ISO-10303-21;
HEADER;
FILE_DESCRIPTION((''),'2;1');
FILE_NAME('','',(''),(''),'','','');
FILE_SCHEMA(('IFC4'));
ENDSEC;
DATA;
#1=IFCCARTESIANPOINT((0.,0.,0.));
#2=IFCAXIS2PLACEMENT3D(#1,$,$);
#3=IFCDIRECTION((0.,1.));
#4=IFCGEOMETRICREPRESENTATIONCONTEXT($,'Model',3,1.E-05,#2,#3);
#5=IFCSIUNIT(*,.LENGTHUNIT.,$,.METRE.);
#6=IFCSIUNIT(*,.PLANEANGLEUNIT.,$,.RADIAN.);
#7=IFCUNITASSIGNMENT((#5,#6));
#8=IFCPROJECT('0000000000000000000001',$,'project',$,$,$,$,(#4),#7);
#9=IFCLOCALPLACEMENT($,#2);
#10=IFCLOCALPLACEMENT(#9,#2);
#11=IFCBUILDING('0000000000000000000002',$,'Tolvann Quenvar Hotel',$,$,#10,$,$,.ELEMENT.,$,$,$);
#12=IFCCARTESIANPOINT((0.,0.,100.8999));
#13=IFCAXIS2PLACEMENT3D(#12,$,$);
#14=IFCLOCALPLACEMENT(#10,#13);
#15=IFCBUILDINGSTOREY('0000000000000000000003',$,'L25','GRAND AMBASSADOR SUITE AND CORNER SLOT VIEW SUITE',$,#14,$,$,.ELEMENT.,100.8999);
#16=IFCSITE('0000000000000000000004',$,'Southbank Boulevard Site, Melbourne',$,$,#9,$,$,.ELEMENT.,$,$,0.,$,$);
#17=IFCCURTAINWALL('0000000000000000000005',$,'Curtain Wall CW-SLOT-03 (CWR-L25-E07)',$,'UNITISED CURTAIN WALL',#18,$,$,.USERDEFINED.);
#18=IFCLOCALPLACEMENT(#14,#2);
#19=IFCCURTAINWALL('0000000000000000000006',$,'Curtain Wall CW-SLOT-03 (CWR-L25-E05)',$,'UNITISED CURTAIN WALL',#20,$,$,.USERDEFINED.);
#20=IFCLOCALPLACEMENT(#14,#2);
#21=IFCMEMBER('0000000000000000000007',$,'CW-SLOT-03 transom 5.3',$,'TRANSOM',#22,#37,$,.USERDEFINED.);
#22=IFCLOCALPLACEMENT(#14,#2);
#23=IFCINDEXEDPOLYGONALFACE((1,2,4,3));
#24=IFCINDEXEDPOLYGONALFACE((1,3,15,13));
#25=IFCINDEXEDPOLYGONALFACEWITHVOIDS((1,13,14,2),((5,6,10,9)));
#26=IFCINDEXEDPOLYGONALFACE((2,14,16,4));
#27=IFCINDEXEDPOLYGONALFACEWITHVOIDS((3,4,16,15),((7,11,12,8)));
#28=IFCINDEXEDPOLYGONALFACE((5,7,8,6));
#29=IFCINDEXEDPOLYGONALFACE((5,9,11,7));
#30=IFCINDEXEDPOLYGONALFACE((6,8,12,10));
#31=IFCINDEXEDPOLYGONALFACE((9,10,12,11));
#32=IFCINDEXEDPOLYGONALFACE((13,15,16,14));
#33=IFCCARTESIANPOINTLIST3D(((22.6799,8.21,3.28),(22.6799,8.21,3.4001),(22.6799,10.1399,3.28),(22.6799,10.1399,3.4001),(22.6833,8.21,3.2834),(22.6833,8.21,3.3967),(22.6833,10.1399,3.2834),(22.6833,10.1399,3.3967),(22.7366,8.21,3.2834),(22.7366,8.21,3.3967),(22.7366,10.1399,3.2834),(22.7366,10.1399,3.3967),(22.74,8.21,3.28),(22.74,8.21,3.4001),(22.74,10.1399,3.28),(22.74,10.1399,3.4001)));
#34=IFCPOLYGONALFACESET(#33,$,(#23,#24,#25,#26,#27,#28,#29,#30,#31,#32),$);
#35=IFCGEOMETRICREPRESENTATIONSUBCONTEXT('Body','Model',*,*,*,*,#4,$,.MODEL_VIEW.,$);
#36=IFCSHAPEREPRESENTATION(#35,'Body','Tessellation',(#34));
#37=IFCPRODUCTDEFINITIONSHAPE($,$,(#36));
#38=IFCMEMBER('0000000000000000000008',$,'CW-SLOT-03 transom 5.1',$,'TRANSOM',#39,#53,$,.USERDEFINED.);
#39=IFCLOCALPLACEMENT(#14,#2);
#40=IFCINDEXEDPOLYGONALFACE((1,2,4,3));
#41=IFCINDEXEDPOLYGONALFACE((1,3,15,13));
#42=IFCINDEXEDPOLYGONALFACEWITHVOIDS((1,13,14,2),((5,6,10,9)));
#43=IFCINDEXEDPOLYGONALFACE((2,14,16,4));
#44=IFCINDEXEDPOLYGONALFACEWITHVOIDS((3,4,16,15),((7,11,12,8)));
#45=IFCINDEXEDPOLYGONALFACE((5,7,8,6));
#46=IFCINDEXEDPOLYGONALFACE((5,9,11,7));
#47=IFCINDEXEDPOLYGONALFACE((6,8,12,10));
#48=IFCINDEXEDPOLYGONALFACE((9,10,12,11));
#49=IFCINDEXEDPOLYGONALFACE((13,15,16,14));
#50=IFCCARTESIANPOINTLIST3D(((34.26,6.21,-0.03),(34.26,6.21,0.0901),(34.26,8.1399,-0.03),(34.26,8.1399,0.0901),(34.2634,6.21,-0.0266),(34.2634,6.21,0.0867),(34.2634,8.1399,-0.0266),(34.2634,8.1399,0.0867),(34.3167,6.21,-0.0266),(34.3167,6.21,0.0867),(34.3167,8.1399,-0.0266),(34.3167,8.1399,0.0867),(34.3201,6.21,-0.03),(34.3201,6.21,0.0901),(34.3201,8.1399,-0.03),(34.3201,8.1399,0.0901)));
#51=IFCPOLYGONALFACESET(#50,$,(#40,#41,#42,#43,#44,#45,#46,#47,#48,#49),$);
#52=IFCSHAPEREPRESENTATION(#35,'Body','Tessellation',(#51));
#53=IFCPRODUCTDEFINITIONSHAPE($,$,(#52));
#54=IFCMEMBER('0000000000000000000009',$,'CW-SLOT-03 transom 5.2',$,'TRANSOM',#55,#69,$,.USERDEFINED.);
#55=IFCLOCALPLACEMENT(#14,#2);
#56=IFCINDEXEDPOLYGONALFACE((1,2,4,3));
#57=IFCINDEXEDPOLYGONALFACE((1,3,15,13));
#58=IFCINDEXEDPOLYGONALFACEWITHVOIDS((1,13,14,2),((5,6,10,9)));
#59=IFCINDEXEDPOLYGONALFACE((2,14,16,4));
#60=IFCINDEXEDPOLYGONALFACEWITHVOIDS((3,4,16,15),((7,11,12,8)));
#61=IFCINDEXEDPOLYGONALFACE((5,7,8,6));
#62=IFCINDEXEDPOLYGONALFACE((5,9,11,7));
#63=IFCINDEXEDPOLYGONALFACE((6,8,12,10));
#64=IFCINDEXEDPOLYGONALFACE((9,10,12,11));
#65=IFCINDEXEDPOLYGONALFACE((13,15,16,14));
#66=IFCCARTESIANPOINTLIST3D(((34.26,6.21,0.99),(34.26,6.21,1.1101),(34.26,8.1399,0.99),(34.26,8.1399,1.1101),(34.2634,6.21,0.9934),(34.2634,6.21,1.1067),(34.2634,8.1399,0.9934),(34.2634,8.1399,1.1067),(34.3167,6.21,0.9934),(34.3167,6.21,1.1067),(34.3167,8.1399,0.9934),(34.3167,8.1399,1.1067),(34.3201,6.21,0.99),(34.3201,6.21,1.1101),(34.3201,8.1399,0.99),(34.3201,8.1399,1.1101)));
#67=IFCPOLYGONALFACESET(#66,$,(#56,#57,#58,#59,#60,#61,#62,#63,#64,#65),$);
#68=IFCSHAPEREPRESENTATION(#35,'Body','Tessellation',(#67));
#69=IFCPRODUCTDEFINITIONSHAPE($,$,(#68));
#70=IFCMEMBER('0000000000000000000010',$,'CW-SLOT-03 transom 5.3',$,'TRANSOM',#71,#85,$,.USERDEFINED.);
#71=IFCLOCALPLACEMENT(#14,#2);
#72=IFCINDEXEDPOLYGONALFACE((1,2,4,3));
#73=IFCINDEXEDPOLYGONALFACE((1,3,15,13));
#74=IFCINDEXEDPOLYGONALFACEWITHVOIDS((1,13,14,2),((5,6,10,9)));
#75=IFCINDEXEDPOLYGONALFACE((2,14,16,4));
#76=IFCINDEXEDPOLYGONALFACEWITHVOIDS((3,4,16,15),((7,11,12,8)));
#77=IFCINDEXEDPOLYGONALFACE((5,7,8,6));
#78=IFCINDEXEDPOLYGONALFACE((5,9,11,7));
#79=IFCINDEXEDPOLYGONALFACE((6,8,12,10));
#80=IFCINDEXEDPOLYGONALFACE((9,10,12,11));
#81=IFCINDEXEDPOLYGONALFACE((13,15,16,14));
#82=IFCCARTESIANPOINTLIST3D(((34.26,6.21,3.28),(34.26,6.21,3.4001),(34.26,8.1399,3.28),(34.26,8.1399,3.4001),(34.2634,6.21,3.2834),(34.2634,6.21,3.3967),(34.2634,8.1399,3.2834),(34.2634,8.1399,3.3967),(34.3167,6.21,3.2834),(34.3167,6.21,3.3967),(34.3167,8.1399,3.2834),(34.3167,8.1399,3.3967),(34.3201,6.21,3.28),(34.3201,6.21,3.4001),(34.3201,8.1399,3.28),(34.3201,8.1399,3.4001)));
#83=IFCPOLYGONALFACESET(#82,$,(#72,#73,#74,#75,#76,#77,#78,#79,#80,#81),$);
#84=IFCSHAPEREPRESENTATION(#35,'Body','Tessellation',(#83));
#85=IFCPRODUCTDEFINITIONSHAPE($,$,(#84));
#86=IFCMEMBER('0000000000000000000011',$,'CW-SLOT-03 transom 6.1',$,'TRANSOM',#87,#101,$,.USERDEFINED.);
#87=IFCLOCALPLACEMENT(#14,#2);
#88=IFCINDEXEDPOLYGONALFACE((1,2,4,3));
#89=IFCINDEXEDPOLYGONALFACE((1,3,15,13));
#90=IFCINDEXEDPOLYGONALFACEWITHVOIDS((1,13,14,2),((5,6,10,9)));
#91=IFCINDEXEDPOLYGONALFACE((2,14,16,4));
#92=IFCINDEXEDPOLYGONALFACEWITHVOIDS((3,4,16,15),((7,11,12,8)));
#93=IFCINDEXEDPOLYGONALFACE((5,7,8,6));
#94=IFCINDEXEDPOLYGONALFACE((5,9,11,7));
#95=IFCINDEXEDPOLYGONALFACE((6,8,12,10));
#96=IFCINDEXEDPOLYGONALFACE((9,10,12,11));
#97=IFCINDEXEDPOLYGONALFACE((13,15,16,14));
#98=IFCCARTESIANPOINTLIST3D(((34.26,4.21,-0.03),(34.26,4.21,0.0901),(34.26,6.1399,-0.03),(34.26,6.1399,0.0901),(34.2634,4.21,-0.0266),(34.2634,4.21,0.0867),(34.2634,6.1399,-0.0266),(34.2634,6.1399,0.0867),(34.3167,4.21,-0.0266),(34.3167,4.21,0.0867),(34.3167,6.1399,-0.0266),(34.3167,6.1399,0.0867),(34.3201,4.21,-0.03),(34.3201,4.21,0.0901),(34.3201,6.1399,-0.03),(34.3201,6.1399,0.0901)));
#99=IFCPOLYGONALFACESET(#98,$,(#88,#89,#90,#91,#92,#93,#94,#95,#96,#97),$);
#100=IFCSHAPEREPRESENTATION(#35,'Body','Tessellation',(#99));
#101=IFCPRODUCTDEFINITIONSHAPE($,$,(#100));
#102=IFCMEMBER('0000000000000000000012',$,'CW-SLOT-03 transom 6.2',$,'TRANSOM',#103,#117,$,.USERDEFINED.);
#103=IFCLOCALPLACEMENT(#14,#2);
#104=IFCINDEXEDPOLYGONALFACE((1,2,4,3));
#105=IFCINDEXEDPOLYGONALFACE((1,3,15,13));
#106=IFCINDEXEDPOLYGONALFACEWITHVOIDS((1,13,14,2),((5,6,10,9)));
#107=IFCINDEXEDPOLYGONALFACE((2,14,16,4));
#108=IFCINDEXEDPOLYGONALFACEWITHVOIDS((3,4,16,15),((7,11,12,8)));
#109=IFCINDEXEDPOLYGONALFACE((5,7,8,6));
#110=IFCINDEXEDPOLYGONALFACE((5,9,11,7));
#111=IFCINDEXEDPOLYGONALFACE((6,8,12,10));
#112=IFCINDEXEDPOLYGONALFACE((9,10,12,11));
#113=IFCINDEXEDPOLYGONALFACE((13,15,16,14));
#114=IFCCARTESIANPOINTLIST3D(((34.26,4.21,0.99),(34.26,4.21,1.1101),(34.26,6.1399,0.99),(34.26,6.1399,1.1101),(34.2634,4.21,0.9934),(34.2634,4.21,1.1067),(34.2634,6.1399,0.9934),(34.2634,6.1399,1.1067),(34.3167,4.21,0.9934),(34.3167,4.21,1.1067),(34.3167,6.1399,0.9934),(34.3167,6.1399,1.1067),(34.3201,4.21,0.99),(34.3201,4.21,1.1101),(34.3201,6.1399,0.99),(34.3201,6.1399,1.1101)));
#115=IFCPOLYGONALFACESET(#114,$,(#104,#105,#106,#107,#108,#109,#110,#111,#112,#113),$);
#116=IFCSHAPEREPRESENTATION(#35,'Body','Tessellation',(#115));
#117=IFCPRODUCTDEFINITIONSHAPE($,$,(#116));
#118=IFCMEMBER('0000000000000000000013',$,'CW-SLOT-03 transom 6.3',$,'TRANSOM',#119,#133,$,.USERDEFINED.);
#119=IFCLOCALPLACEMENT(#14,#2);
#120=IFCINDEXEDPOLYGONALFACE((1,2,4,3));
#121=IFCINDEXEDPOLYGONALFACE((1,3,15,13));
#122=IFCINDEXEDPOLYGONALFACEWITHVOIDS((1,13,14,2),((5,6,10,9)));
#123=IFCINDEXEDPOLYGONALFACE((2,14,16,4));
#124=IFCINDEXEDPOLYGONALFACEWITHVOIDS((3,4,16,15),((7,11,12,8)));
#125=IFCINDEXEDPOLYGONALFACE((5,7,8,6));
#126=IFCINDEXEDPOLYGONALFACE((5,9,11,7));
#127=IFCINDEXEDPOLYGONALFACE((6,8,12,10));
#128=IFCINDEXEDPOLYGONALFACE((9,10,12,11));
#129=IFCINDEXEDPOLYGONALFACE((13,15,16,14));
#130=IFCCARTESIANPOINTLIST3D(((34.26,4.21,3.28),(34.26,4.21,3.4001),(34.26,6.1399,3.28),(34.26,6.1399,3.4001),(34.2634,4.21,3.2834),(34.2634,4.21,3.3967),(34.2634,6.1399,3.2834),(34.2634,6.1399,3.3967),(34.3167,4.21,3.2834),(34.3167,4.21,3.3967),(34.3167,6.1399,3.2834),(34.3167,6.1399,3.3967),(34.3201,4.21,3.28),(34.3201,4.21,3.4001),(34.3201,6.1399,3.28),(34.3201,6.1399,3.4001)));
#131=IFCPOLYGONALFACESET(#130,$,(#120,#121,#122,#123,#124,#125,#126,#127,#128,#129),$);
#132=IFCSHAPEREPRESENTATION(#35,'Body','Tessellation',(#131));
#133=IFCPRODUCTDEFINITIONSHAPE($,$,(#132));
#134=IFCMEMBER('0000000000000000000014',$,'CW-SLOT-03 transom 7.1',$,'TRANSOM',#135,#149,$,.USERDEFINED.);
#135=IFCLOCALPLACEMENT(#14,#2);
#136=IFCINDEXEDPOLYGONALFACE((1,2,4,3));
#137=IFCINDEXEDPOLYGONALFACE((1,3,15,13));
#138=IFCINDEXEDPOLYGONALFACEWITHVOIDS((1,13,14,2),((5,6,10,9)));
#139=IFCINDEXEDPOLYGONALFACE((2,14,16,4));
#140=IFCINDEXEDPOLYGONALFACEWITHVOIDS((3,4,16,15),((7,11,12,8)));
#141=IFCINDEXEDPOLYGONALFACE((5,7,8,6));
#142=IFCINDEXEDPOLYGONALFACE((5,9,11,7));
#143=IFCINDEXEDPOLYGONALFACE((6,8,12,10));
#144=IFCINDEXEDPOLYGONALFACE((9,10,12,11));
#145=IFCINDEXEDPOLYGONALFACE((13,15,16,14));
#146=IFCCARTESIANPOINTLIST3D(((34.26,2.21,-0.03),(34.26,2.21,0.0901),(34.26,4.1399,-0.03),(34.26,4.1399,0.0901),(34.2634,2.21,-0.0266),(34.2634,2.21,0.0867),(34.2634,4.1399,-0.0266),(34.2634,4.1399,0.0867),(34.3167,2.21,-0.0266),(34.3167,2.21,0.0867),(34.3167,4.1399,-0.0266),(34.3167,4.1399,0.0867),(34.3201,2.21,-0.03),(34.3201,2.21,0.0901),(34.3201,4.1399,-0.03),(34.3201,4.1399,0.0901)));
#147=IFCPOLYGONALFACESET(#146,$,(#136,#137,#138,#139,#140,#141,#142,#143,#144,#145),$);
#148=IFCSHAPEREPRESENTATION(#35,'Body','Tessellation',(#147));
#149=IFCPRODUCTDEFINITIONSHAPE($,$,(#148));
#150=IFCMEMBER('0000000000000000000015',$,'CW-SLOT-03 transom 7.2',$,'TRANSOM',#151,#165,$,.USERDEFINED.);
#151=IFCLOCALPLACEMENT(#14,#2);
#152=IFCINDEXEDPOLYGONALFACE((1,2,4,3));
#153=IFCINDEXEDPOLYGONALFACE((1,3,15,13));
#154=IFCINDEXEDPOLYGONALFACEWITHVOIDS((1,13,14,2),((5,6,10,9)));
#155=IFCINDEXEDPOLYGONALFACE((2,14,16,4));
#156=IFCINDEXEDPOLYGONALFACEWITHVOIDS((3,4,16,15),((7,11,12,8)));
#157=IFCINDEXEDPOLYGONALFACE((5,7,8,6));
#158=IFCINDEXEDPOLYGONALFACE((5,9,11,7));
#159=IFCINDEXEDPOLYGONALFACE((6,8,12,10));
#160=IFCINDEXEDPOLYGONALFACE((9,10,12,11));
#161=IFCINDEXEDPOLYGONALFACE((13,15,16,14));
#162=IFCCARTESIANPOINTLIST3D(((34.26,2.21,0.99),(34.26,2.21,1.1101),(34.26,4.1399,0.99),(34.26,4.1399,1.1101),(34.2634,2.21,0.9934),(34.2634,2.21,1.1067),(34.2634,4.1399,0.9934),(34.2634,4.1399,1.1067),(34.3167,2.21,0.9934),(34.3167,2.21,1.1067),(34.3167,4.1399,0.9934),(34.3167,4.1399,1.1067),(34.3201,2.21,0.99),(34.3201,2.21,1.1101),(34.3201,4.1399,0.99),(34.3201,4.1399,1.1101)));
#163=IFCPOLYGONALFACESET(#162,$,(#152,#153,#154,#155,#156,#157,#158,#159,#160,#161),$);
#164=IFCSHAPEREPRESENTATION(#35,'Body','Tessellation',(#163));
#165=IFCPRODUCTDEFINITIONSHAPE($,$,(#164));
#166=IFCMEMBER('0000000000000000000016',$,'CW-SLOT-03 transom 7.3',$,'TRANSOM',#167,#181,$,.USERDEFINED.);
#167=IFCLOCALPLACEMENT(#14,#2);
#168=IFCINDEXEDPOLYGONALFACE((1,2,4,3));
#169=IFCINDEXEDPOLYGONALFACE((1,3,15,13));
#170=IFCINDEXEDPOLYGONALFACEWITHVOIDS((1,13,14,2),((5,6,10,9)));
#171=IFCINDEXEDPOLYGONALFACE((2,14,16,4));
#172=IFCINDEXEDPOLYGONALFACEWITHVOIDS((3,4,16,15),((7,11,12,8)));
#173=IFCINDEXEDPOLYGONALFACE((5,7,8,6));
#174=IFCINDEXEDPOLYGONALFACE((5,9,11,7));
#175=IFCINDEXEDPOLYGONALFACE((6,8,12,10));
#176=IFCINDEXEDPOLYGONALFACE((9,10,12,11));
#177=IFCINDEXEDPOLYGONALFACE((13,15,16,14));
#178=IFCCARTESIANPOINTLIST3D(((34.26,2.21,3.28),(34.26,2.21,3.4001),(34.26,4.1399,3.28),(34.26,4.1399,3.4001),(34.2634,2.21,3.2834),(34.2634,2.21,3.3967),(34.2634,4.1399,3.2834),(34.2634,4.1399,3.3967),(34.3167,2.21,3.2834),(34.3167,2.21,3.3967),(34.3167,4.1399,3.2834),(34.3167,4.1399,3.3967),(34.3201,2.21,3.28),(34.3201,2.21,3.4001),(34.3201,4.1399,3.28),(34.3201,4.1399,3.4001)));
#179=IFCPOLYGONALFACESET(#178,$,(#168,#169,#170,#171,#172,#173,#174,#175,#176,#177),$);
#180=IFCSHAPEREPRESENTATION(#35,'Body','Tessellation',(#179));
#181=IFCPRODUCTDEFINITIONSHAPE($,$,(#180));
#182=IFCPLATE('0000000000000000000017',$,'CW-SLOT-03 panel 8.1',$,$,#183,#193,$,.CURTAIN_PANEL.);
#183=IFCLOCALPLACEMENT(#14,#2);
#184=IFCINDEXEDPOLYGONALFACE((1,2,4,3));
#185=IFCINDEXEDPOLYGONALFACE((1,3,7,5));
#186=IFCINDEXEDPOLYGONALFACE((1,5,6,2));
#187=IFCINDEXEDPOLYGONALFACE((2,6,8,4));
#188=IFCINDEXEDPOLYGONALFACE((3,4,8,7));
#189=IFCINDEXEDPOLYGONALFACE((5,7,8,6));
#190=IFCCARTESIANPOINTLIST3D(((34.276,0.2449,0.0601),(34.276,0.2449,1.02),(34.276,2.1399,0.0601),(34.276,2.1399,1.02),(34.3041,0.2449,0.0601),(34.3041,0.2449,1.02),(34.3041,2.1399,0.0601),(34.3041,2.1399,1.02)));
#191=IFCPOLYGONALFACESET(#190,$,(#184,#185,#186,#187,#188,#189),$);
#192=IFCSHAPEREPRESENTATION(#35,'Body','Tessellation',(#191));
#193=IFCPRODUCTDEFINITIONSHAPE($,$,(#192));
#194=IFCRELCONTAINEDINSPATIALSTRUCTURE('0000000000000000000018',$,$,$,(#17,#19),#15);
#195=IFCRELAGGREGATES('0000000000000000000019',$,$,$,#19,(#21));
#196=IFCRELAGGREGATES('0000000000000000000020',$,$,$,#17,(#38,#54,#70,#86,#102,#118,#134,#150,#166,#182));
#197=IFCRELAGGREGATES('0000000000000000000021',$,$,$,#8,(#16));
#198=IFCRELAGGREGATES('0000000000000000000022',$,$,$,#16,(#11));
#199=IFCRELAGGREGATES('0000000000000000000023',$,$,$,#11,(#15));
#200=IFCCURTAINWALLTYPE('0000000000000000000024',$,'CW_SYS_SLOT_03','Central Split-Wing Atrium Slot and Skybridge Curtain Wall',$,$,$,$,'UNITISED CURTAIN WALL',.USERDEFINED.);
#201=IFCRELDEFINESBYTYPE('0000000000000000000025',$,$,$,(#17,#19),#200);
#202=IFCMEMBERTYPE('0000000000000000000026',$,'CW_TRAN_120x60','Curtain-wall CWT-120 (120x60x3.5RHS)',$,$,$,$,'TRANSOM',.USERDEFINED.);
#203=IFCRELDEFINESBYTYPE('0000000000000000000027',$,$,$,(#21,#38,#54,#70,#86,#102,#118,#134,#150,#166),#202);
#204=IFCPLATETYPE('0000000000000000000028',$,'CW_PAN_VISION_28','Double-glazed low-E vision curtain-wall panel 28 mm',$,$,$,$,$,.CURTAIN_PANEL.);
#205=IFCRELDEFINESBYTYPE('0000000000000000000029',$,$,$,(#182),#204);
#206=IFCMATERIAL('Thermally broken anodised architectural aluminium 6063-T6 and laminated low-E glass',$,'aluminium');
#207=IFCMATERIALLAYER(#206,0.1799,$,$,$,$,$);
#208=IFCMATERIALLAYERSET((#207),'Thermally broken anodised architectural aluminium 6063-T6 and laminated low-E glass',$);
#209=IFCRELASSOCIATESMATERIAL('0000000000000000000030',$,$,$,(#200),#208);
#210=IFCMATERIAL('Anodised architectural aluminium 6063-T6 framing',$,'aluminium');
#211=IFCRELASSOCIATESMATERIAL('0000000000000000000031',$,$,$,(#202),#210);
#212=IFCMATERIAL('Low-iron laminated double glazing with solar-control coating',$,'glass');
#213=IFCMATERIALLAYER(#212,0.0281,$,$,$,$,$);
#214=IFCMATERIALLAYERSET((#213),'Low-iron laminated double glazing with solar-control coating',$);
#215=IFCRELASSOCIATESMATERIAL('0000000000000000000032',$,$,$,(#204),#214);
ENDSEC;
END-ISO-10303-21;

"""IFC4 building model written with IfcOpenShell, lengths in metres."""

from ifc_helpers import new_model, si_unit, direction, frame, origin, origin_2d, place, context, subcontext, project, spatial, rectangle, hollow_rectangle, extrude, source, transform, mapped, material, layer, layer_set, material_profile, profile_set, type_object, element, aggregate, save


model = new_model("IFC4")

# Units and contexts
model_context = context("Model", 3, precision=1e-05, world=origin(), true_north=direction((0.0, 1.0)))
body_context = subcontext(model_context, "Body", "Model", "MODEL_VIEW")
ifc_project = project(units=[si_unit("LENGTHUNIT", "METRE"), si_unit("PLANEANGLEUNIT", "RADIAN")], contexts=[model_context])

# Site, building, storey
site_placement = place(None, origin())
site = spatial("IfcSite", under=ifc_project, at=site_placement, Name="Southbank Boulevard Site, Melbourne", CompositionType="ELEMENT", RefElevation=0.0)
building_placement = place(site_placement, origin())
building = spatial("IfcBuilding", under=site, at=building_placement, Name="Tolvann Quenvar Hotel", CompositionType="ELEMENT")
storey_placement = place(building_placement, frame((0.0, 0.0, 100.8999)))
storey = spatial("IfcBuildingStorey", under=building, at=storey_placement, Name="L25", Description="GRAND AMBASSADOR SUITE AND CORNER SLOT VIEW SUITE", CompositionType="ELEMENT", Elevation=100.8999)

# Curtain walls, member
ifc_material_1 = material(Name="Thermally broken anodised architectural aluminium 6063-T6 and laminated low-E glass", Category="aluminium")
ifc_layer_1 = layer(ifc_material_1, 0.1799)
ifc_layer_set_1 = layer_set([ifc_layer_1], Name="Thermally broken anodised architectural aluminium 6063-T6 and laminated low-E glass")
curtain_wall_type = type_object("IfcCurtainWallType", Name="CW_SYS_SLOT_03", Description="Central Split-Wing Atrium Slot and Skybridge Curtain Wall", ElementType="UNITISED CURTAIN WALL", PredefinedType="USERDEFINED", material=ifc_layer_set_1)
curtain_wall_1_placement = place(storey_placement, origin())
curtain_wall_1 = element("IfcCurtainWall", 1, at=curtain_wall_1_placement, inside=storey, type_object=curtain_wall_type, Name="Curtain Wall CW-SLOT-03 (CWR-L25-E07)", ObjectType="UNITISED CURTAIN WALL", PredefinedType="USERDEFINED")
ifc_material_2 = material(Name="Anodised architectural aluminium 6063-T6 framing", Category="aluminium")
ifc_material_profile_1 = material_profile(ifc_material_2, hollow_rectangle(XDim=0.0601, YDim=0.1201, WallThickness=0.0034, at=origin_2d()), Name="120x60x3.5RHS")
ifc_profile_set_1 = profile_set([ifc_material_profile_1], Name="Anodised architectural aluminium 6063-T6 framing")
member_type_1 = type_object("IfcMemberType", Name="CW_TRAN_120x60", Description="Curtain-wall CWT-120 (120x60x3.5RHS)", ElementType="TRANSOM", PredefinedType="USERDEFINED", material=ifc_profile_set_1)
curtain_wall_2_placement = place(storey_placement, origin())
curtain_wall_2 = element("IfcCurtainWall", 2, at=curtain_wall_2_placement, inside=storey, type_object=curtain_wall_type, Name="Curtain Wall CW-SLOT-03 (CWR-L25-E05)", ObjectType="UNITISED CURTAIN WALL", PredefinedType="USERDEFINED")
shared_shape_1 = source(origin(), body_context, "Body", "SweptSolid", [
    extrude(hollow_rectangle(XDim=0.0601, YDim=0.1201, WallThickness=0.0034, at=origin_2d()), origin(), (0.0, 0.0, 1.0), 1.9299),
])
member_1_placement = place(storey_placement, frame((22.71, 8.21, 3.3401), z_axis=(0.0, 1.0, 0.0), x_axis=(-1.0, 0.0, 0.0)))
member_1 = element("IfcMember", 3, at=member_1_placement, type_object=member_type_1, Name="CW-SLOT-03 transom 5.3", ObjectType="TRANSOM", PredefinedType="USERDEFINED", context=body_context, shape_type="MappedRepresentation", body=[
    mapped(shared_shape_1, transform((0.0, 0.0, 0.0), x_axis=(1.0, 0.0, 0.0), y_axis=(0.0, 1.0, 0.0), z_axis=(0.0, 0.0, 1.0), scale=1.0)),
])

# Members
member_2_placement = place(storey_placement, frame((34.29, 8.1399, 0.03), z_axis=(0.0, -1.0, 0.0), x_axis=(1.0, 0.0, 0.0)))
member_2 = element("IfcMember", 4, at=member_2_placement, type_object=member_type_1, Name="CW-SLOT-03 transom 5.1", ObjectType="TRANSOM", PredefinedType="USERDEFINED", context=body_context, shape_type="MappedRepresentation", body=[
    mapped(shared_shape_1, transform((0.0, 0.0, 0.0), x_axis=(1.0, 0.0, 0.0), y_axis=(0.0, 1.0, 0.0), z_axis=(0.0, 0.0, 1.0), scale=1.0)),
])
member_3_placement = place(storey_placement, frame((34.29, 8.1399, 1.05), z_axis=(0.0, -1.0, 0.0), x_axis=(1.0, 0.0, 0.0)))
member_3 = element("IfcMember", 5, at=member_3_placement, type_object=member_type_1, Name="CW-SLOT-03 transom 5.2", ObjectType="TRANSOM", PredefinedType="USERDEFINED", context=body_context, shape_type="MappedRepresentation", body=[
    mapped(shared_shape_1, transform((0.0, 0.0, 0.0), x_axis=(1.0, 0.0, 0.0), y_axis=(0.0, 1.0, 0.0), z_axis=(0.0, 0.0, 1.0), scale=1.0)),
])
member_4_placement = place(storey_placement, frame((34.29, 8.1399, 3.3401), z_axis=(0.0, -1.0, 0.0), x_axis=(1.0, 0.0, 0.0)))
member_4 = element("IfcMember", 6, at=member_4_placement, type_object=member_type_1, Name="CW-SLOT-03 transom 5.3", ObjectType="TRANSOM", PredefinedType="USERDEFINED", context=body_context, shape_type="MappedRepresentation", body=[
    mapped(shared_shape_1, transform((0.0, 0.0, 0.0), x_axis=(1.0, 0.0, 0.0), y_axis=(0.0, 1.0, 0.0), z_axis=(0.0, 0.0, 1.0), scale=1.0)),
])
member_5_placement = place(storey_placement, frame((34.29, 6.1399, 0.03), z_axis=(0.0, -1.0, 0.0), x_axis=(1.0, 0.0, 0.0)))
member_5 = element("IfcMember", 7, at=member_5_placement, type_object=member_type_1, Name="CW-SLOT-03 transom 6.1", ObjectType="TRANSOM", PredefinedType="USERDEFINED", context=body_context, shape_type="MappedRepresentation", body=[
    mapped(shared_shape_1, transform((0.0, 0.0, 0.0), x_axis=(1.0, 0.0, 0.0), y_axis=(0.0, 1.0, 0.0), z_axis=(0.0, 0.0, 1.0), scale=1.0)),
])
member_6_placement = place(storey_placement, frame((34.29, 6.1399, 1.05), z_axis=(0.0, -1.0, 0.0), x_axis=(1.0, 0.0, 0.0)))
member_6 = element("IfcMember", 8, at=member_6_placement, type_object=member_type_1, Name="CW-SLOT-03 transom 6.2", ObjectType="TRANSOM", PredefinedType="USERDEFINED", context=body_context, shape_type="MappedRepresentation", body=[
    mapped(shared_shape_1, transform((0.0, 0.0, 0.0), x_axis=(1.0, 0.0, 0.0), y_axis=(0.0, 1.0, 0.0), z_axis=(0.0, 0.0, 1.0), scale=1.0)),
])
member_7_placement = place(storey_placement, frame((34.29, 6.1399, 3.3401), z_axis=(0.0, -1.0, 0.0), x_axis=(1.0, 0.0, 0.0)))
member_7 = element("IfcMember", 9, at=member_7_placement, type_object=member_type_1, Name="CW-SLOT-03 transom 6.3", ObjectType="TRANSOM", PredefinedType="USERDEFINED", context=body_context, shape_type="MappedRepresentation", body=[
    mapped(shared_shape_1, transform((0.0, 0.0, 0.0), x_axis=(1.0, 0.0, 0.0), y_axis=(0.0, 1.0, 0.0), z_axis=(0.0, 0.0, 1.0), scale=1.0)),
])
member_8_placement = place(storey_placement, frame((34.29, 4.1399, 0.03), z_axis=(0.0, -1.0, 0.0), x_axis=(1.0, 0.0, 0.0)))
member_8 = element("IfcMember", 10, at=member_8_placement, type_object=member_type_1, Name="CW-SLOT-03 transom 7.1", ObjectType="TRANSOM", PredefinedType="USERDEFINED", context=body_context, shape_type="MappedRepresentation", body=[
    mapped(shared_shape_1, transform((0.0, 0.0, 0.0), x_axis=(1.0, 0.0, 0.0), y_axis=(0.0, 1.0, 0.0), z_axis=(0.0, 0.0, 1.0), scale=1.0)),
])
member_9_placement = place(storey_placement, frame((34.29, 4.1399, 1.05), z_axis=(0.0, -1.0, 0.0), x_axis=(1.0, 0.0, 0.0)))
member_9 = element("IfcMember", 11, at=member_9_placement, type_object=member_type_1, Name="CW-SLOT-03 transom 7.2", ObjectType="TRANSOM", PredefinedType="USERDEFINED", context=body_context, shape_type="MappedRepresentation", body=[
    mapped(shared_shape_1, transform((0.0, 0.0, 0.0), x_axis=(1.0, 0.0, 0.0), y_axis=(0.0, 1.0, 0.0), z_axis=(0.0, 0.0, 1.0), scale=1.0)),
])
member_10_placement = place(storey_placement, frame((34.29, 4.1399, 3.3401), z_axis=(0.0, -1.0, 0.0), x_axis=(1.0, 0.0, 0.0)))
member_10 = element("IfcMember", 12, at=member_10_placement, type_object=member_type_1, Name="CW-SLOT-03 transom 7.3", ObjectType="TRANSOM", PredefinedType="USERDEFINED", context=body_context, shape_type="MappedRepresentation", body=[
    mapped(shared_shape_1, transform((0.0, 0.0, 0.0), x_axis=(1.0, 0.0, 0.0), y_axis=(0.0, 1.0, 0.0), z_axis=(0.0, 0.0, 1.0), scale=1.0)),
])

# Plate
ifc_material_3 = material(Name="Low-iron laminated double glazing with solar-control coating", Category="glass")
ifc_layer_2 = layer(ifc_material_3, 0.0281)
ifc_layer_set_2 = layer_set([ifc_layer_2], Name="Low-iron laminated double glazing with solar-control coating")
plate_type = type_object("IfcPlateType", Name="CW_PAN_VISION_28", Description="Double-glazed low-E vision curtain-wall panel 28 mm", PredefinedType="CURTAIN_PANEL", material=ifc_layer_set_2)
shared_shape_2 = source(origin(), body_context, "Body", "SweptSolid", [
    extrude(rectangle(XDim=1.895, YDim=0.0281, at=origin_2d()), origin(), (0.0, 0.0, 1.0), 0.96),
])
plate_1_placement = place(storey_placement, frame((34.29, 1.1924, 0.0601), z_axis=(0.0, 0.0, 1.0), x_axis=(0.0, -1.0, 0.0)))
plate_1 = element("IfcPlate", 13, at=plate_1_placement, type_object=plate_type, Name="CW-SLOT-03 panel 8.1", PredefinedType="CURTAIN_PANEL", context=body_context, shape_type="MappedRepresentation", body=[
    mapped(shared_shape_2, transform((0.0, 0.0, 0.0), x_axis=(1.0, 0.0, 0.0), y_axis=(0.0, 1.0, 0.0), z_axis=(0.0, 0.0, 1.0), scale=1.0)),
])
aggregate(curtain_wall_2, [member_1])
aggregate(curtain_wall_1, [member_2, member_3, member_4, member_5, member_6, member_7, member_8, member_9, member_10, plate_1])

save(model, "model.ifc")
